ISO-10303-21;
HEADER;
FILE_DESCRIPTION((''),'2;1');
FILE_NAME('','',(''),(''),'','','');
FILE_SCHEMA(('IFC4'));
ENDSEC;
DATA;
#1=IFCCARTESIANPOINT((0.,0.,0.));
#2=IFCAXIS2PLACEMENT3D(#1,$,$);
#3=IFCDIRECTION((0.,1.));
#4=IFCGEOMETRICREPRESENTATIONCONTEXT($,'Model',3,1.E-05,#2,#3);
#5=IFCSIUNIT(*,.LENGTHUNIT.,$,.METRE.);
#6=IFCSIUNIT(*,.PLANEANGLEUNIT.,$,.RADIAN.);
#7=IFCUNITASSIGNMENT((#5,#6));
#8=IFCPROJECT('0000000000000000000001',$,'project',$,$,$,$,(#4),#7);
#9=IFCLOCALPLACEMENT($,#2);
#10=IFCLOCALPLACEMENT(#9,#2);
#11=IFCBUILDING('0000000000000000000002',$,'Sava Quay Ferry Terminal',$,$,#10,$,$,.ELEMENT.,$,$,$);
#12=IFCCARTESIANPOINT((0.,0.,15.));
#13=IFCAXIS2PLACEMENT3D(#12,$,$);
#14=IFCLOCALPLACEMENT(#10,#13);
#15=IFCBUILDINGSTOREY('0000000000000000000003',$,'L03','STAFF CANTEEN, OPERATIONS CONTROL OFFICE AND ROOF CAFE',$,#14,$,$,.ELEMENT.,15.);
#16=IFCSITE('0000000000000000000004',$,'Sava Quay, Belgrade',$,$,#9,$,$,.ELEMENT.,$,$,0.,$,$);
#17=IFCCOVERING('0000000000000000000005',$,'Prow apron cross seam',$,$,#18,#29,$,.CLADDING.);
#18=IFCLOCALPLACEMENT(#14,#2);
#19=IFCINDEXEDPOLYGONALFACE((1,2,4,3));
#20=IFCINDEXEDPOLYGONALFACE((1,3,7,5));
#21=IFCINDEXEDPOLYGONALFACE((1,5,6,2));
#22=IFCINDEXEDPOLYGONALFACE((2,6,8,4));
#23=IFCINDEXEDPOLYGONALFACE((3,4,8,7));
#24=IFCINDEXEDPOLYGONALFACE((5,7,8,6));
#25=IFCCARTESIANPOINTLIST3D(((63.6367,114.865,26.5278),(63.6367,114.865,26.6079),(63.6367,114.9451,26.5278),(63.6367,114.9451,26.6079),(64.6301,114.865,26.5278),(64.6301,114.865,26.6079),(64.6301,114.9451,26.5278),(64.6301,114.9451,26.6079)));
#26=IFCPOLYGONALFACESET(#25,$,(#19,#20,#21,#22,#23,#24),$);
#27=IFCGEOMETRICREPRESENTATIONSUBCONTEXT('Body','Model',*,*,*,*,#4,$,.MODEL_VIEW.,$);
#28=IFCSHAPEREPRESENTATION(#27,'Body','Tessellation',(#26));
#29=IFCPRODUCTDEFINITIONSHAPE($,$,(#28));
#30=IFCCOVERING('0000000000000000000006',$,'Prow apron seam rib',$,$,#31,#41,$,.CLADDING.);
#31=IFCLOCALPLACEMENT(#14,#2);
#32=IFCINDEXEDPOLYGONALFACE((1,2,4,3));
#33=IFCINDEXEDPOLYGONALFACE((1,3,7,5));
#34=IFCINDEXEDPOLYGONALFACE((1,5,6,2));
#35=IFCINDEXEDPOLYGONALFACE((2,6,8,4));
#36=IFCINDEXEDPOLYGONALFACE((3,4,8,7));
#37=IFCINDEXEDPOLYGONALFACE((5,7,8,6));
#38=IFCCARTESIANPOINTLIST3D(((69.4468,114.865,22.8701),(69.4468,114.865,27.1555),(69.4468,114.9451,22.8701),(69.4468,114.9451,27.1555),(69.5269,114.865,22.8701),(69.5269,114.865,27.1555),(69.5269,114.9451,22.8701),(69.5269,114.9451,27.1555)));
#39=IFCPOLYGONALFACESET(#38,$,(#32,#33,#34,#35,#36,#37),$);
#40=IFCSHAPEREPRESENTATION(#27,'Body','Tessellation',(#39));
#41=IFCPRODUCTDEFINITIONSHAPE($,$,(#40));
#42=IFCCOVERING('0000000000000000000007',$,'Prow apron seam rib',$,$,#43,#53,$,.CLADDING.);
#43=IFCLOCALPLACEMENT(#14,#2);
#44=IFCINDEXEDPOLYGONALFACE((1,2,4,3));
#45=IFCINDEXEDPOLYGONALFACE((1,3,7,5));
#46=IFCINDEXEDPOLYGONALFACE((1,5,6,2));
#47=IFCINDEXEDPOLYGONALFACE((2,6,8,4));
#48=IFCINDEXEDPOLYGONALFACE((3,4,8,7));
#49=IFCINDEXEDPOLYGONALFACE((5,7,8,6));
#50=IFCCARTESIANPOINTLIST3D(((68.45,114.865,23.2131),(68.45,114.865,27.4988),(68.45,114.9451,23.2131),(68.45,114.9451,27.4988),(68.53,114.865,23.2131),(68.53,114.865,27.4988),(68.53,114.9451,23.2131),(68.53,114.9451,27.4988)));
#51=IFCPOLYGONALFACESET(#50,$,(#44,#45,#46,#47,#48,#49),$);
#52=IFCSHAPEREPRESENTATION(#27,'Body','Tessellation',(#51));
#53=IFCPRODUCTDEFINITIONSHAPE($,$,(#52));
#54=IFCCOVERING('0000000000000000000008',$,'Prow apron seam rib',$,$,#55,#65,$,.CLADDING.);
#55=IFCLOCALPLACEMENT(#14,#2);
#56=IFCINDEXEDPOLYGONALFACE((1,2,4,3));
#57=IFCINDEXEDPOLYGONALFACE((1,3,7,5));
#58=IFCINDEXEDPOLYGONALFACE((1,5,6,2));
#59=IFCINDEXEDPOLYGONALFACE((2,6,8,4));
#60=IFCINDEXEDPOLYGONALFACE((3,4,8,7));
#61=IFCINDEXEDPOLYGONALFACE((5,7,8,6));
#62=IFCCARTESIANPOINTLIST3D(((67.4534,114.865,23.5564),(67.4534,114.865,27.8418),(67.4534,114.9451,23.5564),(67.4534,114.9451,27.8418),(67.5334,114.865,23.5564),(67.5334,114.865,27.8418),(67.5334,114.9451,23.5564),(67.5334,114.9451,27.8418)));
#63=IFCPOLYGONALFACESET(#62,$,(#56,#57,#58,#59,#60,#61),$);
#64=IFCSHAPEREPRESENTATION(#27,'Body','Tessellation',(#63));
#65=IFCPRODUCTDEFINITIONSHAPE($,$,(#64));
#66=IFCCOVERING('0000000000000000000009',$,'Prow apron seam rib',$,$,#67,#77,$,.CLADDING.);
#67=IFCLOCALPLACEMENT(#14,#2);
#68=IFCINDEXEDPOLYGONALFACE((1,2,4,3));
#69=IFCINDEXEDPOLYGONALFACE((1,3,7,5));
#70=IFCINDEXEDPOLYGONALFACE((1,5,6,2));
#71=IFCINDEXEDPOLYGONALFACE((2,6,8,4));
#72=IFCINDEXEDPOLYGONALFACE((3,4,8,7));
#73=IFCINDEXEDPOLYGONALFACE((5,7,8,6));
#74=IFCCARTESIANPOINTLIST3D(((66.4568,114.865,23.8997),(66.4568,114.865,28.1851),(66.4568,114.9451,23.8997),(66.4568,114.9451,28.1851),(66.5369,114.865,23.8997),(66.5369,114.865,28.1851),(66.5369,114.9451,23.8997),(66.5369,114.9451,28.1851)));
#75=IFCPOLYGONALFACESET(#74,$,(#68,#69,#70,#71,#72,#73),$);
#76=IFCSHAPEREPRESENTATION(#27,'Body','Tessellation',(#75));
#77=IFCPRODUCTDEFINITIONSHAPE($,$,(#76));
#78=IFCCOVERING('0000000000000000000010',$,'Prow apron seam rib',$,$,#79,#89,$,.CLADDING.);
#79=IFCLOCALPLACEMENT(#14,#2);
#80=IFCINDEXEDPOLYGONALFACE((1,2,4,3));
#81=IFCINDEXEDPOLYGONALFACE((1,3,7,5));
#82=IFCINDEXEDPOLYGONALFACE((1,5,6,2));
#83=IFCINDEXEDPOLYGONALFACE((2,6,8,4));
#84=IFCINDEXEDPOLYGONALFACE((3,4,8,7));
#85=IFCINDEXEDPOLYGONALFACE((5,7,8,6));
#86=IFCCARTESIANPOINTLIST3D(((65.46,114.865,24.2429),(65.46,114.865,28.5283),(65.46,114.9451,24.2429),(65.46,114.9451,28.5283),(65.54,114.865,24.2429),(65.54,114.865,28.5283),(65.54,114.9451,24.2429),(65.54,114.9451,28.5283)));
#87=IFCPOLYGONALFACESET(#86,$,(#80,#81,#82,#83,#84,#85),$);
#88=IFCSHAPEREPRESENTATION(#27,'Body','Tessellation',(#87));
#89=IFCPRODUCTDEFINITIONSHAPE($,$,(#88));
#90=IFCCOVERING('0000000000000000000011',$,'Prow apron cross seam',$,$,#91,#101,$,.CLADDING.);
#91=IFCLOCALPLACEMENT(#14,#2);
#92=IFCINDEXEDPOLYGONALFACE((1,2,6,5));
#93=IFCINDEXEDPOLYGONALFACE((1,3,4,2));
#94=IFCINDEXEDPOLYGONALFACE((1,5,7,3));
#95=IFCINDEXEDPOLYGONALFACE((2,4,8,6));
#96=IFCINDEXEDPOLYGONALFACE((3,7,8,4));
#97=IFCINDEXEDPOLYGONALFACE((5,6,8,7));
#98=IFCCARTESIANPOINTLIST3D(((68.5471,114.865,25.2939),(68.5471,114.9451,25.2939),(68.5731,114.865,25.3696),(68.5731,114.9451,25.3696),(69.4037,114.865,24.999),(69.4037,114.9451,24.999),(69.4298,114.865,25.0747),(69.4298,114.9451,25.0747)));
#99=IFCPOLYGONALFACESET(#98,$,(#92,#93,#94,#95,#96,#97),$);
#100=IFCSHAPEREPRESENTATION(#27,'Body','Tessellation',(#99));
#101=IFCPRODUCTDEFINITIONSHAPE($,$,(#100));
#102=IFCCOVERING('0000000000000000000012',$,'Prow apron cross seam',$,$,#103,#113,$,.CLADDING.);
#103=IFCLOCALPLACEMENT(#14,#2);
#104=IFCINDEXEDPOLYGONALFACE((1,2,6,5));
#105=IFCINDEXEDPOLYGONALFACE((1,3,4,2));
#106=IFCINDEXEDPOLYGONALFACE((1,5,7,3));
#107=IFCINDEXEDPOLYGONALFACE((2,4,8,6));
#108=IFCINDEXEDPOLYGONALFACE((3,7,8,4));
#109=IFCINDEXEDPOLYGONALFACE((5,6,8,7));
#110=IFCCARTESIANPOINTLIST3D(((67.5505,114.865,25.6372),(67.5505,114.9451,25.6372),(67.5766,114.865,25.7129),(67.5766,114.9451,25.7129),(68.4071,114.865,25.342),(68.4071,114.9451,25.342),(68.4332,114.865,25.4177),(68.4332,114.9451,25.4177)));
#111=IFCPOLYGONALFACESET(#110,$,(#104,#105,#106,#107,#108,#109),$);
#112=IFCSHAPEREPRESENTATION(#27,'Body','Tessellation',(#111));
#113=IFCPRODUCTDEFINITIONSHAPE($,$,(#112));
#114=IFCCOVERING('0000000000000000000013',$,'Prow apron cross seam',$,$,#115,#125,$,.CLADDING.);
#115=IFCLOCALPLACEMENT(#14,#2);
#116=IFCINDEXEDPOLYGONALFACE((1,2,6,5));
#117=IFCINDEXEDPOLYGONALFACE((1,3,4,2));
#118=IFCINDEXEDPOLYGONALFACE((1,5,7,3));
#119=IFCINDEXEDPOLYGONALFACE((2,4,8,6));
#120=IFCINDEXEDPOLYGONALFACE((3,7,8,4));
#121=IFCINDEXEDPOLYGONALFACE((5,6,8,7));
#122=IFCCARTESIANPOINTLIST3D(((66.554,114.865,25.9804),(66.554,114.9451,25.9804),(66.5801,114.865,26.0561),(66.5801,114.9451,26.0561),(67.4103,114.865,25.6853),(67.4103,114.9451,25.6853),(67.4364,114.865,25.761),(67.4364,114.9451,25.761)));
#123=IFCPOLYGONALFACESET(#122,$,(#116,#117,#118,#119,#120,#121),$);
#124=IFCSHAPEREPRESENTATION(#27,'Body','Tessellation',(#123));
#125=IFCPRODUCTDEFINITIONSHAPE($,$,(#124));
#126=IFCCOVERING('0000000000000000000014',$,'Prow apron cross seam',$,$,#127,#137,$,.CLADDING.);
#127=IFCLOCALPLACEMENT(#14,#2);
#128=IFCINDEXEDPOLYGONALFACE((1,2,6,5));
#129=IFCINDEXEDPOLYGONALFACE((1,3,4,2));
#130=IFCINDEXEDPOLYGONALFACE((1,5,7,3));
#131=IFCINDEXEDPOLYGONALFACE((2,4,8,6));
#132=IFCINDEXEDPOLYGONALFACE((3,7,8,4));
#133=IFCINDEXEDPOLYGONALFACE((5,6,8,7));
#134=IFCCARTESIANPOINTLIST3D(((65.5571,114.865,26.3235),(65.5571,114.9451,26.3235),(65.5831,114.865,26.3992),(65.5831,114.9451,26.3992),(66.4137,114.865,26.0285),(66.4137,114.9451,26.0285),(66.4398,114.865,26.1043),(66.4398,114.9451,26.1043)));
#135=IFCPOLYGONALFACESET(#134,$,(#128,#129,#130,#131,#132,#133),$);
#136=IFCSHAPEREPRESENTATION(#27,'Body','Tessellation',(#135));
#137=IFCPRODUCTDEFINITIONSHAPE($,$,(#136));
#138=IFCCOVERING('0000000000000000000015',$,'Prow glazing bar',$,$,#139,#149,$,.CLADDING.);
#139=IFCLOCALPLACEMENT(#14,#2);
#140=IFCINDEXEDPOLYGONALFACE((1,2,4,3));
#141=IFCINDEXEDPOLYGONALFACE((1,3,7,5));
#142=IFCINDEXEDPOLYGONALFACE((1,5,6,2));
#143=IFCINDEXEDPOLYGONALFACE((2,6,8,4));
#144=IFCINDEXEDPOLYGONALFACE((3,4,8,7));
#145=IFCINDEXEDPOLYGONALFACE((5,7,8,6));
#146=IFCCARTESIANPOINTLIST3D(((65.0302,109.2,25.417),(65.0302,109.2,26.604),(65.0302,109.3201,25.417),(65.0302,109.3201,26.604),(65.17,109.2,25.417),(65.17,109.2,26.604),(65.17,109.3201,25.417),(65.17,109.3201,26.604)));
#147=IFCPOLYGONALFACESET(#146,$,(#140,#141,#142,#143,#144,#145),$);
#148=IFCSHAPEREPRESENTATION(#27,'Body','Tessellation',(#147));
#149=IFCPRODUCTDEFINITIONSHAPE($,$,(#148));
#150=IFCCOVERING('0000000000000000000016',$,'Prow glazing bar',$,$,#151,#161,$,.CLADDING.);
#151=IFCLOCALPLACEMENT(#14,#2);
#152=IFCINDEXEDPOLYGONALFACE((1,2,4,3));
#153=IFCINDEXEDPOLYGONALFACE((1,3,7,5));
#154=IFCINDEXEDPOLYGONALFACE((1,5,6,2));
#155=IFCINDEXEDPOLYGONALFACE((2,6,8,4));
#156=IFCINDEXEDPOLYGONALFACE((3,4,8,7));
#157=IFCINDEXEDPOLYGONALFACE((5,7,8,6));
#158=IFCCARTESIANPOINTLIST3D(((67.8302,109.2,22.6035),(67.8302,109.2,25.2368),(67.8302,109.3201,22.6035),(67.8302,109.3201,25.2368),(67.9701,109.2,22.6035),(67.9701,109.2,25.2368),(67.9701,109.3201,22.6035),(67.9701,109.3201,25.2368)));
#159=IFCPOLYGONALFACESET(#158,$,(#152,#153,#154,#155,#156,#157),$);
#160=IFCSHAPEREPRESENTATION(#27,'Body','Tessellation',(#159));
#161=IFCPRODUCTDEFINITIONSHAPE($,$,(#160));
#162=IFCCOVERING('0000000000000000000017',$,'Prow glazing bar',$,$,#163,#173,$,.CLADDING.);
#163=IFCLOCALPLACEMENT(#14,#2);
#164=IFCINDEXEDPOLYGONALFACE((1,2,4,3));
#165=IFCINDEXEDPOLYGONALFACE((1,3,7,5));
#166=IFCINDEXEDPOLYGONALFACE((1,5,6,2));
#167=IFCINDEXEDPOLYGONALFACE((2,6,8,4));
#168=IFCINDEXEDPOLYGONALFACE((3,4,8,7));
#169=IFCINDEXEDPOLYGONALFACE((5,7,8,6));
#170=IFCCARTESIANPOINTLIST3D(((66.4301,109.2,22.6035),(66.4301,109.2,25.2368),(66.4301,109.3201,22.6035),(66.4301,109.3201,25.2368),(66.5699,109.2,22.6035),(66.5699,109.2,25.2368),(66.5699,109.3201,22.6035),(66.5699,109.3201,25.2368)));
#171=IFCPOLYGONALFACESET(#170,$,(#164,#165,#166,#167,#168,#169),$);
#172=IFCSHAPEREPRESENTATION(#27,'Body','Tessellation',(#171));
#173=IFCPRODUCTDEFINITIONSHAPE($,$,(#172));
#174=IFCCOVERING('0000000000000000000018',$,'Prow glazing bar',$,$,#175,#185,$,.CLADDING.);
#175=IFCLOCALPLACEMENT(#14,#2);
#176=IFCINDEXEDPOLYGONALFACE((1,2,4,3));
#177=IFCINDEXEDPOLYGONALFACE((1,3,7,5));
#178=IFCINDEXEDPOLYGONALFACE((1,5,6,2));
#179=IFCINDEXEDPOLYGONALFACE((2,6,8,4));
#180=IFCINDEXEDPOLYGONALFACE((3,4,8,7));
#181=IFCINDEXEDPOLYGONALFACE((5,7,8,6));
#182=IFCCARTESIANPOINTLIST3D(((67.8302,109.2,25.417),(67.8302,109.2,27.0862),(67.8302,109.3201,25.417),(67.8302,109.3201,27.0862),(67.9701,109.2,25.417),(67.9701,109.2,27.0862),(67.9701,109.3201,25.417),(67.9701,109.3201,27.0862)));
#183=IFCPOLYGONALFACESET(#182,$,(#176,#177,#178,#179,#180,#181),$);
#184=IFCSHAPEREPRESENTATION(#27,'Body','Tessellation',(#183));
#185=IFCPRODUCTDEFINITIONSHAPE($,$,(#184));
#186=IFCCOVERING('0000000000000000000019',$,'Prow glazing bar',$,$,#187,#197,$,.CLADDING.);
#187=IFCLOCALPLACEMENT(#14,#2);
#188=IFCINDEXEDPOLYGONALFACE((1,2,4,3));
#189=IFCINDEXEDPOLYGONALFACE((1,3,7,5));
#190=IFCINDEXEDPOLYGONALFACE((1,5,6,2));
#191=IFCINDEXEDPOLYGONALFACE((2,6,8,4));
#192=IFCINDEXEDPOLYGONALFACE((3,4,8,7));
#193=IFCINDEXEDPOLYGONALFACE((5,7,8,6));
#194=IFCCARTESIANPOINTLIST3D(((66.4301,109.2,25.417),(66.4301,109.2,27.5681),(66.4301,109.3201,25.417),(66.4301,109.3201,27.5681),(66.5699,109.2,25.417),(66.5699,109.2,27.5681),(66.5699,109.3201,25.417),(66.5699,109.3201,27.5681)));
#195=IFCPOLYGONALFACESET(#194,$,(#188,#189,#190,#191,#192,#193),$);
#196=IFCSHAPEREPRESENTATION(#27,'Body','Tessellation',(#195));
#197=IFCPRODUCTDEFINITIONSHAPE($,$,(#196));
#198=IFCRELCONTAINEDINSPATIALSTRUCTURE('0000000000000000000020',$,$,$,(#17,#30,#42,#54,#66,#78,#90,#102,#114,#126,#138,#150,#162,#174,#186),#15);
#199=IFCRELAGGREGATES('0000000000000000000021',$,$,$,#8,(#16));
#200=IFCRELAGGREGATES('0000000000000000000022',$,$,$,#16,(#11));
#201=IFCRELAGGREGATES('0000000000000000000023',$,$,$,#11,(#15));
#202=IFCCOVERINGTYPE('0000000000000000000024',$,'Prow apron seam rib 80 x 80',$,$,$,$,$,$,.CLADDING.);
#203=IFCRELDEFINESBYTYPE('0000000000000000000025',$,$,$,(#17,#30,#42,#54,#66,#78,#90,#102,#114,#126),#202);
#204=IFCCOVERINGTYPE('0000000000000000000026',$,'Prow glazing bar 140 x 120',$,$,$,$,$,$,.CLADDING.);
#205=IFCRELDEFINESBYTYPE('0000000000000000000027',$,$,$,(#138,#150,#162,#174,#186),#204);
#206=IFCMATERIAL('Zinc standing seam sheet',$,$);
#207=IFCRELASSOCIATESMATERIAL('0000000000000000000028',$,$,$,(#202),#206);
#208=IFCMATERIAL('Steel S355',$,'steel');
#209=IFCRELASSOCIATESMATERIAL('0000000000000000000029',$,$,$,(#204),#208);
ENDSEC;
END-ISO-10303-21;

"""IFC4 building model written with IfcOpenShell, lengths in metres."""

from ifc_helpers import new_model, si_unit, direction, frame, origin, origin_2d, place, context, subcontext, project, spatial, rectangle, extrude, material, material_profile, profile_set, type_object, element, save


model = new_model("IFC4")

# Units and contexts
model_context = context("Model", 3, precision=1e-05, world=origin(), true_north=direction((0.0, 1.0)))
body_context = subcontext(model_context, "Body", "Model", "MODEL_VIEW")
ifc_project = project(units=[si_unit("LENGTHUNIT", "METRE"), si_unit("PLANEANGLEUNIT", "RADIAN")], contexts=[model_context])

# Site, building, storey
site_placement = place(None, origin())
site = spatial("IfcSite", under=ifc_project, at=site_placement, Name="Sava Quay, Belgrade", CompositionType="ELEMENT", RefElevation=0.0)
building_placement = place(site_placement, origin())
building = spatial("IfcBuilding", under=site, at=building_placement, Name="Sava Quay Ferry Terminal", CompositionType="ELEMENT")
storey_placement = place(building_placement, frame((0.0, 0.0, 15.0)))
storey = spatial("IfcBuildingStorey", under=building, at=storey_placement, Name="L03", Description="STAFF CANTEEN, OPERATIONS CONTROL OFFICE AND ROOF CAFE", CompositionType="ELEMENT", Elevation=15.0)

# Coverings
ifc_material_1 = material(Name="Zinc standing seam sheet")
ifc_material_profile_1 = material_profile(ifc_material_1, rectangle(XDim=0.0801, YDim=0.0801, at=origin_2d()), Name="Strip 80 x 80")
ifc_profile_set_1 = profile_set([ifc_material_profile_1], Name="Zinc standing seam sheet")
covering_type_1 = type_object("IfcCoveringType", Name="Prow apron seam rib 80 x 80", PredefinedType="CLADDING", material=ifc_profile_set_1)
covering_1_placement = place(storey_placement, frame((64.6301, 114.905, 26.5679), z_axis=(-1.0, 0.0, 0.0), x_axis=(0.0, 0.0, 1.0)))
element("IfcCovering", 1, at=covering_1_placement, inside=storey, type_object=covering_type_1, Name="Prow apron cross seam", PredefinedType="CLADDING", context=body_context, shape_type="SweptSolid", body=[
    extrude(rectangle(XDim=0.0801, YDim=0.0801, at=origin_2d()), origin(), (0.0, 0.0, 1.0), 0.9934),
])
covering_2_placement = place(storey_placement, frame((69.4868, 114.905, 22.8701), z_axis=(0.0, 0.0, 1.0), x_axis=(1.0, 0.0, 0.0)))
element("IfcCovering", 2, at=covering_2_placement, inside=storey, type_object=covering_type_1, Name="Prow apron seam rib", PredefinedType="CLADDING", context=body_context, shape_type="SweptSolid", body=[
    extrude(rectangle(XDim=0.0801, YDim=0.0801, at=origin_2d()), origin(), (0.0, 0.0, 1.0), 4.2854),
])
covering_3_placement = place(storey_placement, frame((68.49, 114.905, 23.2131), z_axis=(0.0, 0.0, 1.0), x_axis=(1.0, 0.0, 0.0)))
element("IfcCovering", 3, at=covering_3_placement, inside=storey, type_object=covering_type_1, Name="Prow apron seam rib", PredefinedType="CLADDING", context=body_context, shape_type="SweptSolid", body=[
    extrude(rectangle(XDim=0.0801, YDim=0.0801, at=origin_2d()), origin(), (0.0, 0.0, 1.0), 4.2856),
])
for number, where, z_axis, x_axis, name in (
    (4, (67.4934, 114.905, 23.5564), (0.0, 0.0, 1.0), (1.0, 0.0, 0.0), "Prow apron seam rib"),
    (5, (66.4968, 114.905, 23.8997), (0.0, 0.0, 1.0), (1.0, 0.0, 0.0), "Prow apron seam rib"),
    (6, (65.5, 114.905, 24.2429), (0.0, 0.0, 1.0), (1.0, 0.0, 0.0), "Prow apron seam rib"),
):
    element("IfcCovering", number, at=place(storey_placement, frame(where, z_axis=z_axis, x_axis=x_axis)), inside=storey, type_object=covering_type_1, Name=name, PredefinedType="CLADDING", context=body_context, shape_type="SweptSolid", body=[
        extrude(rectangle(XDim=0.0801, YDim=0.0801, at=origin_2d()), origin(), (0.0, 0.0, 1.0), 4.2854),
    ])
for number, where, z_axis, x_axis, name in (
    (7, (69.4167, 114.905, 25.0369), (-0.945539, 0.0, 0.325509), (0.325509, 0.0, 0.945539), "Prow apron cross seam"),
    (8, (68.4202, 114.905, 25.3799), (-0.945456, 0.0, 0.32575), (0.32575, 0.0, 0.945456), "Prow apron cross seam"),
):
    element("IfcCovering", number, at=place(storey_placement, frame(where, z_axis=z_axis, x_axis=x_axis)), inside=storey, type_object=covering_type_1, Name=name, PredefinedType="CLADDING", context=body_context, shape_type="SweptSolid", body=[
        extrude(rectangle(XDim=0.0801, YDim=0.0801, at=origin_2d()), origin(), (0.0, 0.0, 1.0), 0.906),
    ])
covering_4_placement = place(storey_placement, frame((67.4233, 114.905, 25.7231), z_axis=(-0.945427, 0.0, 0.325833), x_axis=(0.325833, 0.0, 0.945427)))
element("IfcCovering", 9, at=covering_4_placement, inside=storey, type_object=covering_type_1, Name="Prow apron cross seam", PredefinedType="CLADDING", context=body_context, shape_type="SweptSolid", body=[
    extrude(rectangle(XDim=0.0801, YDim=0.0801, at=origin_2d()), origin(), (0.0, 0.0, 1.0), 0.9058),
])
covering_5_placement = place(storey_placement, frame((66.4268, 114.905, 26.0664), z_axis=(-0.945539, 0.0, 0.325509), x_axis=(0.325509, 0.0, 0.945539)))
element("IfcCovering", 10, at=covering_5_placement, inside=storey, type_object=covering_type_1, Name="Prow apron cross seam", PredefinedType="CLADDING", context=body_context, shape_type="SweptSolid", body=[
    extrude(rectangle(XDim=0.0801, YDim=0.0801, at=origin_2d()), origin(), (0.0, 0.0, 1.0), 0.906),
])
ifc_material_2 = material(Name="Steel S355", Category="steel")
ifc_material_profile_2 = material_profile(ifc_material_2, rectangle(XDim=0.1399, YDim=0.1201, at=origin_2d()), Name="Strip 140 x 120")
ifc_profile_set_2 = profile_set([ifc_material_profile_2], Name="Steel S355")
covering_type_2 = type_object("IfcCoveringType", Name="Prow glazing bar 140 x 120", PredefinedType="CLADDING", material=ifc_profile_set_2)
covering_6_placement = place(storey_placement, frame((65.1001, 109.26, 25.417), z_axis=(0.0, 0.0, 1.0), x_axis=(1.0, 0.0, 0.0)))
element("IfcCovering", 11, at=covering_6_placement, inside=storey, type_object=covering_type_2, Name="Prow glazing bar", PredefinedType="CLADDING", context=body_context, shape_type="SweptSolid", body=[
    extrude(rectangle(XDim=0.1399, YDim=0.1201, at=origin_2d()), origin(), (0.0, 0.0, 1.0), 1.187),
])
for number, where, z_axis, x_axis, name in (
    (12, (67.9001, 109.26, 22.6035), (0.0, 0.0, 1.0), (1.0, 0.0, 0.0), "Prow glazing bar"),
    (13, (66.5, 109.26, 22.6035), (0.0, 0.0, 1.0), (1.0, 0.0, 0.0), "Prow glazing bar"),
):
    element("IfcCovering", number, at=place(storey_placement, frame(where, z_axis=z_axis, x_axis=x_axis)), inside=storey, type_object=covering_type_2, Name=name, PredefinedType="CLADDING", context=body_context, shape_type="SweptSolid", body=[
        extrude(rectangle(XDim=0.1399, YDim=0.1201, at=origin_2d()), origin(), (0.0, 0.0, 1.0), 2.6333),
    ])
covering_7_placement = place(storey_placement, frame((67.9001, 109.26, 25.417), z_axis=(0.0, 0.0, 1.0), x_axis=(1.0, 0.0, 0.0)))
element("IfcCovering", 14, at=covering_7_placement, inside=storey, type_object=covering_type_2, Name="Prow glazing bar", PredefinedType="CLADDING", context=body_context, shape_type="SweptSolid", body=[
    extrude(rectangle(XDim=0.1399, YDim=0.1201, at=origin_2d()), origin(), (0.0, 0.0, 1.0), 1.6692),
])
covering_8_placement = place(storey_placement, frame((66.5, 109.26, 25.417), z_axis=(0.0, 0.0, 1.0), x_axis=(1.0, 0.0, 0.0)))
element("IfcCovering", 15, at=covering_8_placement, inside=storey, type_object=covering_type_2, Name="Prow glazing bar", PredefinedType="CLADDING", context=body_context, shape_type="SweptSolid", body=[
    extrude(rectangle(XDim=0.1399, YDim=0.1201, at=origin_2d()), origin(), (0.0, 0.0, 1.0), 2.1511),
])

save(model, "model.ifc")
